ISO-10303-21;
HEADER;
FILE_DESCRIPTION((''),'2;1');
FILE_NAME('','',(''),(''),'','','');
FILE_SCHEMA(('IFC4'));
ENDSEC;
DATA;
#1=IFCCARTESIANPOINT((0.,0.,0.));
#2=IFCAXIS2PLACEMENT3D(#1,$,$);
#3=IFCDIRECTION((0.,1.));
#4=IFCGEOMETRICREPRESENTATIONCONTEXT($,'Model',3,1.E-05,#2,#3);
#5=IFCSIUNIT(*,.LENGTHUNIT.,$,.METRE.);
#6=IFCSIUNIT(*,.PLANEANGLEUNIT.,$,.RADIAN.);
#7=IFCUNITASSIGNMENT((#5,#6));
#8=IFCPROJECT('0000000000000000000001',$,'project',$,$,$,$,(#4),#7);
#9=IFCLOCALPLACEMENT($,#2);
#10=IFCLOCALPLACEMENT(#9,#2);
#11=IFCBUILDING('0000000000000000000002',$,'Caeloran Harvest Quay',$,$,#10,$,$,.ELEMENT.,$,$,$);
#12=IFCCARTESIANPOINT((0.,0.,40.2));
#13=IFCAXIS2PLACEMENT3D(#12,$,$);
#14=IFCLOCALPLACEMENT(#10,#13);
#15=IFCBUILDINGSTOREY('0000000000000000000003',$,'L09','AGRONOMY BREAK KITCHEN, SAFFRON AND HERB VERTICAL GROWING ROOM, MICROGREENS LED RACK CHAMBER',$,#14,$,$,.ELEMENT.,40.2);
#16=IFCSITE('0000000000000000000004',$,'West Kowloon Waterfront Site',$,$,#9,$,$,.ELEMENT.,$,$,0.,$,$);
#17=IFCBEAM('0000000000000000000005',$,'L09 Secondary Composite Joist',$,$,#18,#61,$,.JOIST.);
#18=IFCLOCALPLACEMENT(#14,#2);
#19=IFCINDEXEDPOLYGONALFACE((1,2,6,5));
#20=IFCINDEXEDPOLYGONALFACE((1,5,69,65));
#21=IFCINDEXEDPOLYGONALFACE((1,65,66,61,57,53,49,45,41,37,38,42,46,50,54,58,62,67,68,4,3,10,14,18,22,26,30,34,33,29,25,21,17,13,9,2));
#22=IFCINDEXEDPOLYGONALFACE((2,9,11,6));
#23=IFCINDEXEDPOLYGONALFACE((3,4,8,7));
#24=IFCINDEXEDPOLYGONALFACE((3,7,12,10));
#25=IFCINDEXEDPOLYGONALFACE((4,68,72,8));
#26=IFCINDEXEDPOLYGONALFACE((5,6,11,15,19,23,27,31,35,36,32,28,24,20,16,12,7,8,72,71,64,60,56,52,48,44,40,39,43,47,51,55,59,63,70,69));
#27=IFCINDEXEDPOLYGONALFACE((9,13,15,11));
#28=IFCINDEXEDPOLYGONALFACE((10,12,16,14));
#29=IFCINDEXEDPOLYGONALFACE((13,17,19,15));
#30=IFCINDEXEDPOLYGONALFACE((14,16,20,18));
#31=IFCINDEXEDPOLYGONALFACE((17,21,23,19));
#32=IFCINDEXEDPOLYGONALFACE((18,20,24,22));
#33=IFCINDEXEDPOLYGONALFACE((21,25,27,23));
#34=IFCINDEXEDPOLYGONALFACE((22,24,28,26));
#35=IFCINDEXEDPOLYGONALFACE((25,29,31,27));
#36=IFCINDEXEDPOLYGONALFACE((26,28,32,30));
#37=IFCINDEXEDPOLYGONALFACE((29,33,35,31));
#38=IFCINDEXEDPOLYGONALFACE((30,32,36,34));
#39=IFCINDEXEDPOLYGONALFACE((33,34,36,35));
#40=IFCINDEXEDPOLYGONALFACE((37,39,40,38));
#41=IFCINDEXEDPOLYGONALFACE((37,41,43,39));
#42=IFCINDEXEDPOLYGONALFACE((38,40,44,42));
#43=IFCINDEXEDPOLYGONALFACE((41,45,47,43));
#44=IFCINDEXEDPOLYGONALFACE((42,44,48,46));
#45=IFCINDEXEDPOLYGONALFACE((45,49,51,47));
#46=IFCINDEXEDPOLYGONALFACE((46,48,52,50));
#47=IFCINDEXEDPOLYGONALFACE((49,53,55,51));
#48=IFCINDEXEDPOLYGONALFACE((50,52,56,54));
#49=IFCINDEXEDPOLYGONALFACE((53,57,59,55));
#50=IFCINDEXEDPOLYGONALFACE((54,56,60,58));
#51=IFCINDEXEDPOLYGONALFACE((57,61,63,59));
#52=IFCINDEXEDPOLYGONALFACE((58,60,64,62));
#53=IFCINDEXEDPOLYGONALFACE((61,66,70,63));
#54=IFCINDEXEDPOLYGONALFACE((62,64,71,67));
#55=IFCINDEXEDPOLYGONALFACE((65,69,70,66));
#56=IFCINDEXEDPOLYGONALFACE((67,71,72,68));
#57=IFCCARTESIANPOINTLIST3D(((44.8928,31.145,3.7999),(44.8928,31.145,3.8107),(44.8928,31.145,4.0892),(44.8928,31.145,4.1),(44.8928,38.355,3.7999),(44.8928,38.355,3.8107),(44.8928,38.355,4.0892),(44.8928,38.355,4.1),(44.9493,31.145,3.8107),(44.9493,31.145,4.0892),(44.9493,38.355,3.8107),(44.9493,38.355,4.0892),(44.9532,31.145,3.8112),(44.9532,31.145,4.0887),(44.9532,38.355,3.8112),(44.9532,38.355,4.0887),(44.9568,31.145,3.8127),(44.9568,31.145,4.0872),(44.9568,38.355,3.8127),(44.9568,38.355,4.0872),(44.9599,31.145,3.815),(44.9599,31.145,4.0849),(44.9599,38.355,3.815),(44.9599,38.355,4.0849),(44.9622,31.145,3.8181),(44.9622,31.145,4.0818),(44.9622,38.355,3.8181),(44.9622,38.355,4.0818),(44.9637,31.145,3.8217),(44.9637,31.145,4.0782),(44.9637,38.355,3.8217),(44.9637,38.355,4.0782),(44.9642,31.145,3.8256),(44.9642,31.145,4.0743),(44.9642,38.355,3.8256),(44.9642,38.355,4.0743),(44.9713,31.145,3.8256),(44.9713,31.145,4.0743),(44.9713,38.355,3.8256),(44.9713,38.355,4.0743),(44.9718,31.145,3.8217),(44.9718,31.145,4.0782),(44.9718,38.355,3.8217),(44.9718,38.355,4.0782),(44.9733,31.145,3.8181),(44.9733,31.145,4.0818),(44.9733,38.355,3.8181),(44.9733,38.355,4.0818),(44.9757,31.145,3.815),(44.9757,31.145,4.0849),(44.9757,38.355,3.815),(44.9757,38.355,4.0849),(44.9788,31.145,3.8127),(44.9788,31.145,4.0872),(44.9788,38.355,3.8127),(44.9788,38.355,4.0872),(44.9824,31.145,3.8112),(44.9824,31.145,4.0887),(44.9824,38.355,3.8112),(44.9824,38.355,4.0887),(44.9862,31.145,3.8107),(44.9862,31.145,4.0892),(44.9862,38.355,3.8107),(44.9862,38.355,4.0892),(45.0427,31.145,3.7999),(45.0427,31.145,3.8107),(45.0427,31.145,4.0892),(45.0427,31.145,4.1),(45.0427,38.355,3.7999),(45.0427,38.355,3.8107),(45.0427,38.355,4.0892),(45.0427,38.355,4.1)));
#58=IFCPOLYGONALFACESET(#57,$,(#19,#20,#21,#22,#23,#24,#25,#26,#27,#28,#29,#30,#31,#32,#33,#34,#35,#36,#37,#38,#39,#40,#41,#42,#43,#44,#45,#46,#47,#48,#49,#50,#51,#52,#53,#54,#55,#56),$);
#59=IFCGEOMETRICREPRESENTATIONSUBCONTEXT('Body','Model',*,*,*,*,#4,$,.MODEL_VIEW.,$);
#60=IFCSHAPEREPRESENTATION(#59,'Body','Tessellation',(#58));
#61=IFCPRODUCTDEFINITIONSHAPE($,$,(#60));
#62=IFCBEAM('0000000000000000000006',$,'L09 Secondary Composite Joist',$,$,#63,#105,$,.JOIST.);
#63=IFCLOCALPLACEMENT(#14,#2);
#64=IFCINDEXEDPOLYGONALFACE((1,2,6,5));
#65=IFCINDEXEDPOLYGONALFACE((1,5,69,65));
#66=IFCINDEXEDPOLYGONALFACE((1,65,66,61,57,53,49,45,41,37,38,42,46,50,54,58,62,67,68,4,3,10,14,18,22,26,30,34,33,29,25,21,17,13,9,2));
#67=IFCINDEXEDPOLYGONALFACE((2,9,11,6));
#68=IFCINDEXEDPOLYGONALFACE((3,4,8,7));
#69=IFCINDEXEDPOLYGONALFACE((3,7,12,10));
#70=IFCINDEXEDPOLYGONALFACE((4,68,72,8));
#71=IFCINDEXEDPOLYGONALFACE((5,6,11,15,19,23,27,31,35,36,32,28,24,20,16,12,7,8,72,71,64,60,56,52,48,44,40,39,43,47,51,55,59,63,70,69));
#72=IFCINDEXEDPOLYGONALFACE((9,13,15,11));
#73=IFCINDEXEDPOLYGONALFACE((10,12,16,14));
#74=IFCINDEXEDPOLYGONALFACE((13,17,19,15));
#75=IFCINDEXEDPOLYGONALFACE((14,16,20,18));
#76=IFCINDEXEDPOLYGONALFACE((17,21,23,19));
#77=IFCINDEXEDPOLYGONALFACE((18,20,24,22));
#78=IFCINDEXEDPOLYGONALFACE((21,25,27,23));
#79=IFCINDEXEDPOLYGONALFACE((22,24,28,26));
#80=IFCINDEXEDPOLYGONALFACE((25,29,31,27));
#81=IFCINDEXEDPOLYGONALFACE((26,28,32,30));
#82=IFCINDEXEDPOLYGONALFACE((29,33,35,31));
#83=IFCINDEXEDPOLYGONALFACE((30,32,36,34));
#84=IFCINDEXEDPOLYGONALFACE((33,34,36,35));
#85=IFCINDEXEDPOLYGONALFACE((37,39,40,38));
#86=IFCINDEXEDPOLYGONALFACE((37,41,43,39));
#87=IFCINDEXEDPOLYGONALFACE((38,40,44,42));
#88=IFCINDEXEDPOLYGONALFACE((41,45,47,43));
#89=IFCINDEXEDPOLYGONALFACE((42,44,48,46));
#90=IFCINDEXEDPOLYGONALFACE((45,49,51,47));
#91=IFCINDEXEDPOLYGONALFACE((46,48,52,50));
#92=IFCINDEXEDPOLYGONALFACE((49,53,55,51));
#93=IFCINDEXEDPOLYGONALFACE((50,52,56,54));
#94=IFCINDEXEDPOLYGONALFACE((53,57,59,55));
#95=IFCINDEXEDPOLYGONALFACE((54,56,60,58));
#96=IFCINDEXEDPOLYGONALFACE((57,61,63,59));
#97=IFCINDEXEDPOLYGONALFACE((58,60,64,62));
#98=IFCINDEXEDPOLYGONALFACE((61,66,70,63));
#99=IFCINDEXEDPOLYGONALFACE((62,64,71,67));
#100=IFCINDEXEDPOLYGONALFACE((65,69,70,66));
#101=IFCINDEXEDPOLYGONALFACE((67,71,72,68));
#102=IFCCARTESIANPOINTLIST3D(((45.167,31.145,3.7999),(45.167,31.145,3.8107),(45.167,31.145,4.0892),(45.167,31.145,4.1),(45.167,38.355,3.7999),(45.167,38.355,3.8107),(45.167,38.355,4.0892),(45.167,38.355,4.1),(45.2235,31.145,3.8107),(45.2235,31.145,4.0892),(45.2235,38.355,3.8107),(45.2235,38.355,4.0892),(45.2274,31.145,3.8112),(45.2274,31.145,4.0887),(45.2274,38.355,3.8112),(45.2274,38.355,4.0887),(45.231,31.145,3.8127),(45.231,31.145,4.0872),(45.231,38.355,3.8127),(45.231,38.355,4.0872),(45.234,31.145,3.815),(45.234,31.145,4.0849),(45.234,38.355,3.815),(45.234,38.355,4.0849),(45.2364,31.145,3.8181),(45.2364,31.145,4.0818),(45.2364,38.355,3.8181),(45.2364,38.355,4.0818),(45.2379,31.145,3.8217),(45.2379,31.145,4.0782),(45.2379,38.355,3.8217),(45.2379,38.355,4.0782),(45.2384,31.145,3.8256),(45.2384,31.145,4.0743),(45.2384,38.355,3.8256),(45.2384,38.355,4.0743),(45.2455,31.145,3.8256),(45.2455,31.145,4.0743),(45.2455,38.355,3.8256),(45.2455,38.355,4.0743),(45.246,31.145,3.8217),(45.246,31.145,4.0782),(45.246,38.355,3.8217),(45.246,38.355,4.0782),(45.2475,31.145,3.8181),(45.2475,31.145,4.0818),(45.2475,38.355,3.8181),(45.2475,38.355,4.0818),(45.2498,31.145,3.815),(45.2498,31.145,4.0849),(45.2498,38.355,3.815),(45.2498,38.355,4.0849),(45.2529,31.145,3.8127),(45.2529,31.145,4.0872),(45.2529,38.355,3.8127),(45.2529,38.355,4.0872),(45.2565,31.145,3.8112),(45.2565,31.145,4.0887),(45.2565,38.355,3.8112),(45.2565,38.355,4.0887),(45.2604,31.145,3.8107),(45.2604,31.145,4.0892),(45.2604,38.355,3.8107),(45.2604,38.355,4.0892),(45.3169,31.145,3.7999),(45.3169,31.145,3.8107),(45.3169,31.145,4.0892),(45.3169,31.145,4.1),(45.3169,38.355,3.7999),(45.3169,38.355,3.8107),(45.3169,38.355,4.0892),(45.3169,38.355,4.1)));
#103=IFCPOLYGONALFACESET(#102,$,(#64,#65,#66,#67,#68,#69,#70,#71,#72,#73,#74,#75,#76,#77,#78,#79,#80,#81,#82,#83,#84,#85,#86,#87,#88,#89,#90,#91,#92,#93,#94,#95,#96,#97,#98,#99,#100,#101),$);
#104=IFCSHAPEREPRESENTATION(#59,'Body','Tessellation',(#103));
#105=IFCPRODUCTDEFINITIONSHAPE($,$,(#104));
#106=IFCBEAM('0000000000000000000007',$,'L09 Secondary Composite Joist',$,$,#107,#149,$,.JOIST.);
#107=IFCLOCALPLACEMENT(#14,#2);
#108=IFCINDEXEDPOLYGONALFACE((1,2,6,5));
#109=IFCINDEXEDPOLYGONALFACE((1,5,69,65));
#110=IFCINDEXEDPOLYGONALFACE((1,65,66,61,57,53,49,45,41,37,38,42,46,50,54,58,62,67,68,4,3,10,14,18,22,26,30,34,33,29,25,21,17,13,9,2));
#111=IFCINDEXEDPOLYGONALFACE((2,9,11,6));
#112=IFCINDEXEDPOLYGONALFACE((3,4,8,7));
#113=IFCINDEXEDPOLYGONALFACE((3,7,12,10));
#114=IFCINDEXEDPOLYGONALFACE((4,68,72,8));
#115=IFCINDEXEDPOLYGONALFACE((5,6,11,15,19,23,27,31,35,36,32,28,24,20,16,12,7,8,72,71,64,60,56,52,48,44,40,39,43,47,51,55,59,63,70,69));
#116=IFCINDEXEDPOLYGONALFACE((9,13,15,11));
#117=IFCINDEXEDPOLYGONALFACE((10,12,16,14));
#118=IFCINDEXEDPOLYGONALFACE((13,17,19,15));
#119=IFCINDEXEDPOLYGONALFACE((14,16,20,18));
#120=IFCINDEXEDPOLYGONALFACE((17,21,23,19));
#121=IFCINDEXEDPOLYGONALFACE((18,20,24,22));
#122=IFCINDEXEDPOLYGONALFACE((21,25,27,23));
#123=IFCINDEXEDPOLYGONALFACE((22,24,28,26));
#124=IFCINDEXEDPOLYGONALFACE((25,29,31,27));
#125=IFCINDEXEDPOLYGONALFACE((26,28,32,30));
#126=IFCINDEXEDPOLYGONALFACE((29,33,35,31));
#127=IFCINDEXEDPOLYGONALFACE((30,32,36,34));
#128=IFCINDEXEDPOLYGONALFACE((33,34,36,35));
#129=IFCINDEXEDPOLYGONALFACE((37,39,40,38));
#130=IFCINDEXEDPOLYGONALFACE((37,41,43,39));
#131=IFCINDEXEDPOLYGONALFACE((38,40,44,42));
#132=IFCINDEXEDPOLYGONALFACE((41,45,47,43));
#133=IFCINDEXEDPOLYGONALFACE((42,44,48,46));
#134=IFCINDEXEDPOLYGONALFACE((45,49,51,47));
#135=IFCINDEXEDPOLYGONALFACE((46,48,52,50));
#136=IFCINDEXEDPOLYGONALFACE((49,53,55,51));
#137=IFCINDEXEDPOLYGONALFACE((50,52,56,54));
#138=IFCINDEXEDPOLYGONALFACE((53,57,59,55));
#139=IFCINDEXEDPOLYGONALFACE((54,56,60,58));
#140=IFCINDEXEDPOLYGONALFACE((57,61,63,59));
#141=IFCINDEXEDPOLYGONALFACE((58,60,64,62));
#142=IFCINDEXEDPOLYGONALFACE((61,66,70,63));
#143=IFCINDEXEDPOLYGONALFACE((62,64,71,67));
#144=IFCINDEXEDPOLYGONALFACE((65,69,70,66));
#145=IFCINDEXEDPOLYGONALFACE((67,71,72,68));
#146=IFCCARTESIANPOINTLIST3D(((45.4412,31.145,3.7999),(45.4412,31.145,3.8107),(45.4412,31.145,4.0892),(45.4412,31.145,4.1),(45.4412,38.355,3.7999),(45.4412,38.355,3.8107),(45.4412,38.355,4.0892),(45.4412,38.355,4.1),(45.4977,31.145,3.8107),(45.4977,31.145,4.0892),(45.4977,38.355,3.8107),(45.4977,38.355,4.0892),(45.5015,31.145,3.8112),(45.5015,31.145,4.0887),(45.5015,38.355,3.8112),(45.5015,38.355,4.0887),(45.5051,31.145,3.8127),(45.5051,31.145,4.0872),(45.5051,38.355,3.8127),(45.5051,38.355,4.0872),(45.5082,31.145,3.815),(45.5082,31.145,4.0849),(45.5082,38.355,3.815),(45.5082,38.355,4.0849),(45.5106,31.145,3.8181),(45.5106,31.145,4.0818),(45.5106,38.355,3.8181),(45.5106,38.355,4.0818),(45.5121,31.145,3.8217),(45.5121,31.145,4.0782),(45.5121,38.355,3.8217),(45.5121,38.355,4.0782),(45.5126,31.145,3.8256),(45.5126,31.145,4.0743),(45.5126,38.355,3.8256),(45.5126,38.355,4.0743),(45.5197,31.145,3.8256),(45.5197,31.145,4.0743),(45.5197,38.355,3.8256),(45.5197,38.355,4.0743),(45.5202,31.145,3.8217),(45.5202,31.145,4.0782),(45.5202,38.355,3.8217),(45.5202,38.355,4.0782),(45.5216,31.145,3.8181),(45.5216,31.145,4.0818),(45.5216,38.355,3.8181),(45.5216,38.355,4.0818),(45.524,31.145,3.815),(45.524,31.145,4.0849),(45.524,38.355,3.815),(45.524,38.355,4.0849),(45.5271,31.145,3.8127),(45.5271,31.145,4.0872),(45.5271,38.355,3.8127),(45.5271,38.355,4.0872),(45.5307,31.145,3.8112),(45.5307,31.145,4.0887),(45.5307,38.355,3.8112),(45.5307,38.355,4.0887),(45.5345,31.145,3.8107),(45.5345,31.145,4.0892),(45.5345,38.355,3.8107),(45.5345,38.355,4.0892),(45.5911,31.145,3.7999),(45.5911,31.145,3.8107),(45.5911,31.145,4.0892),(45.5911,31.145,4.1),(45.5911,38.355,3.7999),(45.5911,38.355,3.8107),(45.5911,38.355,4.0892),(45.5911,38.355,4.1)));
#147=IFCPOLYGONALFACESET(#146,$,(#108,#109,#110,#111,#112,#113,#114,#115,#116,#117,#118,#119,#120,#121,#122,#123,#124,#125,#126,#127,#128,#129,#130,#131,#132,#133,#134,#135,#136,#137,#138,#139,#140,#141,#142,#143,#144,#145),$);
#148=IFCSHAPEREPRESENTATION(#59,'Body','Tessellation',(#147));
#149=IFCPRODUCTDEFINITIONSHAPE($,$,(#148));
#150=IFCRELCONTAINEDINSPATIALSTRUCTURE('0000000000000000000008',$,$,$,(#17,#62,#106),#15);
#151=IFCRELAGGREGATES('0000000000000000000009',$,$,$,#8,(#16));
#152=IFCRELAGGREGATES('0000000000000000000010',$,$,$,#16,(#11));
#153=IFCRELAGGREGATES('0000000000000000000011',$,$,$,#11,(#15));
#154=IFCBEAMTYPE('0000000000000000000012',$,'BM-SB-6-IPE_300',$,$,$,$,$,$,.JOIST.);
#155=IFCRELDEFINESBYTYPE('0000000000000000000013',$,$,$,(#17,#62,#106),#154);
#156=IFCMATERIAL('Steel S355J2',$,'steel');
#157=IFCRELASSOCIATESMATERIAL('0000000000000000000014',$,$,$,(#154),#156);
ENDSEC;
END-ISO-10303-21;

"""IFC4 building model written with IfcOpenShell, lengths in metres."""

from ifc_helpers import new_model, si_unit, direction, frame, origin, origin_2d, place, context, subcontext, project, spatial, i_section, extrude, material, material_profile, profile_set, type_object, element, save


model = new_model("IFC4")

# Units and contexts
model_context = context("Model", 3, precision=1e-05, world=origin(), true_north=direction((0.0, 1.0)))
body_context = subcontext(model_context, "Body", "Model", "MODEL_VIEW")
ifc_project = project(units=[si_unit("LENGTHUNIT", "METRE"), si_unit("PLANEANGLEUNIT", "RADIAN")], contexts=[model_context])

# Site, building, storey
site_placement = place(None, origin())
site = spatial("IfcSite", under=ifc_project, at=site_placement, Name="West Kowloon Waterfront Site", CompositionType="ELEMENT", RefElevation=0.0)
building_placement = place(site_placement, origin())
building = spatial("IfcBuilding", under=site, at=building_placement, Name="Caeloran Harvest Quay", CompositionType="ELEMENT")
storey_placement = place(building_placement, frame((0.0, 0.0, 40.2)))
storey = spatial("IfcBuildingStorey", under=building, at=storey_placement, Name="L09", Description="AGRONOMY BREAK KITCHEN, SAFFRON AND HERB VERTICAL GROWING ROOM, MICROGREENS LED RACK CHAMBER", CompositionType="ELEMENT", Elevation=40.2)

# Beams
ifc_material_1 = material(Name="Steel S355J2", Category="steel")
ifc_material_profile_1 = material_profile(ifc_material_1, i_section(OverallWidth=0.1499, OverallDepth=0.3, WebThickness=0.0071, FlangeThickness=0.0107, FilletRadius=0.0149, at=origin_2d()), Name="IPE 300")
ifc_profile_set_1 = profile_set([ifc_material_profile_1], Name="Steel S355J2")
beam_type_1 = type_object("IfcBeamType", Name="BM-SB-6-IPE_300", PredefinedType="JOIST", material=ifc_profile_set_1)
for number, where, z_axis, x_axis, name in (
    (1, (44.9678, 31.145, 3.95), (0.0, 1.0, 0.0), (-1.0, 0.0, 0.0), "L09 Secondary Composite Joist"),
    (2, (45.2419, 31.145, 3.95), (0.0, 1.0, 0.0), (-1.0, 0.0, 0.0), "L09 Secondary Composite Joist"),
    (3, (45.5161, 31.145, 3.95), (0.0, 1.0, 0.0), (-1.0, 0.0, 0.0), "L09 Secondary Composite Joist"),
):
    element("IfcBeam", number, at=place(storey_placement, frame(where, z_axis=z_axis, x_axis=x_axis)), inside=storey, type_object=beam_type_1, Name=name, PredefinedType="JOIST", context=body_context, shape_type="SweptSolid", body=[
        extrude(i_section(OverallWidth=0.1499, OverallDepth=0.3, WebThickness=0.0071, FlangeThickness=0.0107, FilletRadius=0.0149, at=origin_2d()), origin(), (0.0, 0.0, 1.0), 7.21),
    ])

save(model, "model.ifc")
